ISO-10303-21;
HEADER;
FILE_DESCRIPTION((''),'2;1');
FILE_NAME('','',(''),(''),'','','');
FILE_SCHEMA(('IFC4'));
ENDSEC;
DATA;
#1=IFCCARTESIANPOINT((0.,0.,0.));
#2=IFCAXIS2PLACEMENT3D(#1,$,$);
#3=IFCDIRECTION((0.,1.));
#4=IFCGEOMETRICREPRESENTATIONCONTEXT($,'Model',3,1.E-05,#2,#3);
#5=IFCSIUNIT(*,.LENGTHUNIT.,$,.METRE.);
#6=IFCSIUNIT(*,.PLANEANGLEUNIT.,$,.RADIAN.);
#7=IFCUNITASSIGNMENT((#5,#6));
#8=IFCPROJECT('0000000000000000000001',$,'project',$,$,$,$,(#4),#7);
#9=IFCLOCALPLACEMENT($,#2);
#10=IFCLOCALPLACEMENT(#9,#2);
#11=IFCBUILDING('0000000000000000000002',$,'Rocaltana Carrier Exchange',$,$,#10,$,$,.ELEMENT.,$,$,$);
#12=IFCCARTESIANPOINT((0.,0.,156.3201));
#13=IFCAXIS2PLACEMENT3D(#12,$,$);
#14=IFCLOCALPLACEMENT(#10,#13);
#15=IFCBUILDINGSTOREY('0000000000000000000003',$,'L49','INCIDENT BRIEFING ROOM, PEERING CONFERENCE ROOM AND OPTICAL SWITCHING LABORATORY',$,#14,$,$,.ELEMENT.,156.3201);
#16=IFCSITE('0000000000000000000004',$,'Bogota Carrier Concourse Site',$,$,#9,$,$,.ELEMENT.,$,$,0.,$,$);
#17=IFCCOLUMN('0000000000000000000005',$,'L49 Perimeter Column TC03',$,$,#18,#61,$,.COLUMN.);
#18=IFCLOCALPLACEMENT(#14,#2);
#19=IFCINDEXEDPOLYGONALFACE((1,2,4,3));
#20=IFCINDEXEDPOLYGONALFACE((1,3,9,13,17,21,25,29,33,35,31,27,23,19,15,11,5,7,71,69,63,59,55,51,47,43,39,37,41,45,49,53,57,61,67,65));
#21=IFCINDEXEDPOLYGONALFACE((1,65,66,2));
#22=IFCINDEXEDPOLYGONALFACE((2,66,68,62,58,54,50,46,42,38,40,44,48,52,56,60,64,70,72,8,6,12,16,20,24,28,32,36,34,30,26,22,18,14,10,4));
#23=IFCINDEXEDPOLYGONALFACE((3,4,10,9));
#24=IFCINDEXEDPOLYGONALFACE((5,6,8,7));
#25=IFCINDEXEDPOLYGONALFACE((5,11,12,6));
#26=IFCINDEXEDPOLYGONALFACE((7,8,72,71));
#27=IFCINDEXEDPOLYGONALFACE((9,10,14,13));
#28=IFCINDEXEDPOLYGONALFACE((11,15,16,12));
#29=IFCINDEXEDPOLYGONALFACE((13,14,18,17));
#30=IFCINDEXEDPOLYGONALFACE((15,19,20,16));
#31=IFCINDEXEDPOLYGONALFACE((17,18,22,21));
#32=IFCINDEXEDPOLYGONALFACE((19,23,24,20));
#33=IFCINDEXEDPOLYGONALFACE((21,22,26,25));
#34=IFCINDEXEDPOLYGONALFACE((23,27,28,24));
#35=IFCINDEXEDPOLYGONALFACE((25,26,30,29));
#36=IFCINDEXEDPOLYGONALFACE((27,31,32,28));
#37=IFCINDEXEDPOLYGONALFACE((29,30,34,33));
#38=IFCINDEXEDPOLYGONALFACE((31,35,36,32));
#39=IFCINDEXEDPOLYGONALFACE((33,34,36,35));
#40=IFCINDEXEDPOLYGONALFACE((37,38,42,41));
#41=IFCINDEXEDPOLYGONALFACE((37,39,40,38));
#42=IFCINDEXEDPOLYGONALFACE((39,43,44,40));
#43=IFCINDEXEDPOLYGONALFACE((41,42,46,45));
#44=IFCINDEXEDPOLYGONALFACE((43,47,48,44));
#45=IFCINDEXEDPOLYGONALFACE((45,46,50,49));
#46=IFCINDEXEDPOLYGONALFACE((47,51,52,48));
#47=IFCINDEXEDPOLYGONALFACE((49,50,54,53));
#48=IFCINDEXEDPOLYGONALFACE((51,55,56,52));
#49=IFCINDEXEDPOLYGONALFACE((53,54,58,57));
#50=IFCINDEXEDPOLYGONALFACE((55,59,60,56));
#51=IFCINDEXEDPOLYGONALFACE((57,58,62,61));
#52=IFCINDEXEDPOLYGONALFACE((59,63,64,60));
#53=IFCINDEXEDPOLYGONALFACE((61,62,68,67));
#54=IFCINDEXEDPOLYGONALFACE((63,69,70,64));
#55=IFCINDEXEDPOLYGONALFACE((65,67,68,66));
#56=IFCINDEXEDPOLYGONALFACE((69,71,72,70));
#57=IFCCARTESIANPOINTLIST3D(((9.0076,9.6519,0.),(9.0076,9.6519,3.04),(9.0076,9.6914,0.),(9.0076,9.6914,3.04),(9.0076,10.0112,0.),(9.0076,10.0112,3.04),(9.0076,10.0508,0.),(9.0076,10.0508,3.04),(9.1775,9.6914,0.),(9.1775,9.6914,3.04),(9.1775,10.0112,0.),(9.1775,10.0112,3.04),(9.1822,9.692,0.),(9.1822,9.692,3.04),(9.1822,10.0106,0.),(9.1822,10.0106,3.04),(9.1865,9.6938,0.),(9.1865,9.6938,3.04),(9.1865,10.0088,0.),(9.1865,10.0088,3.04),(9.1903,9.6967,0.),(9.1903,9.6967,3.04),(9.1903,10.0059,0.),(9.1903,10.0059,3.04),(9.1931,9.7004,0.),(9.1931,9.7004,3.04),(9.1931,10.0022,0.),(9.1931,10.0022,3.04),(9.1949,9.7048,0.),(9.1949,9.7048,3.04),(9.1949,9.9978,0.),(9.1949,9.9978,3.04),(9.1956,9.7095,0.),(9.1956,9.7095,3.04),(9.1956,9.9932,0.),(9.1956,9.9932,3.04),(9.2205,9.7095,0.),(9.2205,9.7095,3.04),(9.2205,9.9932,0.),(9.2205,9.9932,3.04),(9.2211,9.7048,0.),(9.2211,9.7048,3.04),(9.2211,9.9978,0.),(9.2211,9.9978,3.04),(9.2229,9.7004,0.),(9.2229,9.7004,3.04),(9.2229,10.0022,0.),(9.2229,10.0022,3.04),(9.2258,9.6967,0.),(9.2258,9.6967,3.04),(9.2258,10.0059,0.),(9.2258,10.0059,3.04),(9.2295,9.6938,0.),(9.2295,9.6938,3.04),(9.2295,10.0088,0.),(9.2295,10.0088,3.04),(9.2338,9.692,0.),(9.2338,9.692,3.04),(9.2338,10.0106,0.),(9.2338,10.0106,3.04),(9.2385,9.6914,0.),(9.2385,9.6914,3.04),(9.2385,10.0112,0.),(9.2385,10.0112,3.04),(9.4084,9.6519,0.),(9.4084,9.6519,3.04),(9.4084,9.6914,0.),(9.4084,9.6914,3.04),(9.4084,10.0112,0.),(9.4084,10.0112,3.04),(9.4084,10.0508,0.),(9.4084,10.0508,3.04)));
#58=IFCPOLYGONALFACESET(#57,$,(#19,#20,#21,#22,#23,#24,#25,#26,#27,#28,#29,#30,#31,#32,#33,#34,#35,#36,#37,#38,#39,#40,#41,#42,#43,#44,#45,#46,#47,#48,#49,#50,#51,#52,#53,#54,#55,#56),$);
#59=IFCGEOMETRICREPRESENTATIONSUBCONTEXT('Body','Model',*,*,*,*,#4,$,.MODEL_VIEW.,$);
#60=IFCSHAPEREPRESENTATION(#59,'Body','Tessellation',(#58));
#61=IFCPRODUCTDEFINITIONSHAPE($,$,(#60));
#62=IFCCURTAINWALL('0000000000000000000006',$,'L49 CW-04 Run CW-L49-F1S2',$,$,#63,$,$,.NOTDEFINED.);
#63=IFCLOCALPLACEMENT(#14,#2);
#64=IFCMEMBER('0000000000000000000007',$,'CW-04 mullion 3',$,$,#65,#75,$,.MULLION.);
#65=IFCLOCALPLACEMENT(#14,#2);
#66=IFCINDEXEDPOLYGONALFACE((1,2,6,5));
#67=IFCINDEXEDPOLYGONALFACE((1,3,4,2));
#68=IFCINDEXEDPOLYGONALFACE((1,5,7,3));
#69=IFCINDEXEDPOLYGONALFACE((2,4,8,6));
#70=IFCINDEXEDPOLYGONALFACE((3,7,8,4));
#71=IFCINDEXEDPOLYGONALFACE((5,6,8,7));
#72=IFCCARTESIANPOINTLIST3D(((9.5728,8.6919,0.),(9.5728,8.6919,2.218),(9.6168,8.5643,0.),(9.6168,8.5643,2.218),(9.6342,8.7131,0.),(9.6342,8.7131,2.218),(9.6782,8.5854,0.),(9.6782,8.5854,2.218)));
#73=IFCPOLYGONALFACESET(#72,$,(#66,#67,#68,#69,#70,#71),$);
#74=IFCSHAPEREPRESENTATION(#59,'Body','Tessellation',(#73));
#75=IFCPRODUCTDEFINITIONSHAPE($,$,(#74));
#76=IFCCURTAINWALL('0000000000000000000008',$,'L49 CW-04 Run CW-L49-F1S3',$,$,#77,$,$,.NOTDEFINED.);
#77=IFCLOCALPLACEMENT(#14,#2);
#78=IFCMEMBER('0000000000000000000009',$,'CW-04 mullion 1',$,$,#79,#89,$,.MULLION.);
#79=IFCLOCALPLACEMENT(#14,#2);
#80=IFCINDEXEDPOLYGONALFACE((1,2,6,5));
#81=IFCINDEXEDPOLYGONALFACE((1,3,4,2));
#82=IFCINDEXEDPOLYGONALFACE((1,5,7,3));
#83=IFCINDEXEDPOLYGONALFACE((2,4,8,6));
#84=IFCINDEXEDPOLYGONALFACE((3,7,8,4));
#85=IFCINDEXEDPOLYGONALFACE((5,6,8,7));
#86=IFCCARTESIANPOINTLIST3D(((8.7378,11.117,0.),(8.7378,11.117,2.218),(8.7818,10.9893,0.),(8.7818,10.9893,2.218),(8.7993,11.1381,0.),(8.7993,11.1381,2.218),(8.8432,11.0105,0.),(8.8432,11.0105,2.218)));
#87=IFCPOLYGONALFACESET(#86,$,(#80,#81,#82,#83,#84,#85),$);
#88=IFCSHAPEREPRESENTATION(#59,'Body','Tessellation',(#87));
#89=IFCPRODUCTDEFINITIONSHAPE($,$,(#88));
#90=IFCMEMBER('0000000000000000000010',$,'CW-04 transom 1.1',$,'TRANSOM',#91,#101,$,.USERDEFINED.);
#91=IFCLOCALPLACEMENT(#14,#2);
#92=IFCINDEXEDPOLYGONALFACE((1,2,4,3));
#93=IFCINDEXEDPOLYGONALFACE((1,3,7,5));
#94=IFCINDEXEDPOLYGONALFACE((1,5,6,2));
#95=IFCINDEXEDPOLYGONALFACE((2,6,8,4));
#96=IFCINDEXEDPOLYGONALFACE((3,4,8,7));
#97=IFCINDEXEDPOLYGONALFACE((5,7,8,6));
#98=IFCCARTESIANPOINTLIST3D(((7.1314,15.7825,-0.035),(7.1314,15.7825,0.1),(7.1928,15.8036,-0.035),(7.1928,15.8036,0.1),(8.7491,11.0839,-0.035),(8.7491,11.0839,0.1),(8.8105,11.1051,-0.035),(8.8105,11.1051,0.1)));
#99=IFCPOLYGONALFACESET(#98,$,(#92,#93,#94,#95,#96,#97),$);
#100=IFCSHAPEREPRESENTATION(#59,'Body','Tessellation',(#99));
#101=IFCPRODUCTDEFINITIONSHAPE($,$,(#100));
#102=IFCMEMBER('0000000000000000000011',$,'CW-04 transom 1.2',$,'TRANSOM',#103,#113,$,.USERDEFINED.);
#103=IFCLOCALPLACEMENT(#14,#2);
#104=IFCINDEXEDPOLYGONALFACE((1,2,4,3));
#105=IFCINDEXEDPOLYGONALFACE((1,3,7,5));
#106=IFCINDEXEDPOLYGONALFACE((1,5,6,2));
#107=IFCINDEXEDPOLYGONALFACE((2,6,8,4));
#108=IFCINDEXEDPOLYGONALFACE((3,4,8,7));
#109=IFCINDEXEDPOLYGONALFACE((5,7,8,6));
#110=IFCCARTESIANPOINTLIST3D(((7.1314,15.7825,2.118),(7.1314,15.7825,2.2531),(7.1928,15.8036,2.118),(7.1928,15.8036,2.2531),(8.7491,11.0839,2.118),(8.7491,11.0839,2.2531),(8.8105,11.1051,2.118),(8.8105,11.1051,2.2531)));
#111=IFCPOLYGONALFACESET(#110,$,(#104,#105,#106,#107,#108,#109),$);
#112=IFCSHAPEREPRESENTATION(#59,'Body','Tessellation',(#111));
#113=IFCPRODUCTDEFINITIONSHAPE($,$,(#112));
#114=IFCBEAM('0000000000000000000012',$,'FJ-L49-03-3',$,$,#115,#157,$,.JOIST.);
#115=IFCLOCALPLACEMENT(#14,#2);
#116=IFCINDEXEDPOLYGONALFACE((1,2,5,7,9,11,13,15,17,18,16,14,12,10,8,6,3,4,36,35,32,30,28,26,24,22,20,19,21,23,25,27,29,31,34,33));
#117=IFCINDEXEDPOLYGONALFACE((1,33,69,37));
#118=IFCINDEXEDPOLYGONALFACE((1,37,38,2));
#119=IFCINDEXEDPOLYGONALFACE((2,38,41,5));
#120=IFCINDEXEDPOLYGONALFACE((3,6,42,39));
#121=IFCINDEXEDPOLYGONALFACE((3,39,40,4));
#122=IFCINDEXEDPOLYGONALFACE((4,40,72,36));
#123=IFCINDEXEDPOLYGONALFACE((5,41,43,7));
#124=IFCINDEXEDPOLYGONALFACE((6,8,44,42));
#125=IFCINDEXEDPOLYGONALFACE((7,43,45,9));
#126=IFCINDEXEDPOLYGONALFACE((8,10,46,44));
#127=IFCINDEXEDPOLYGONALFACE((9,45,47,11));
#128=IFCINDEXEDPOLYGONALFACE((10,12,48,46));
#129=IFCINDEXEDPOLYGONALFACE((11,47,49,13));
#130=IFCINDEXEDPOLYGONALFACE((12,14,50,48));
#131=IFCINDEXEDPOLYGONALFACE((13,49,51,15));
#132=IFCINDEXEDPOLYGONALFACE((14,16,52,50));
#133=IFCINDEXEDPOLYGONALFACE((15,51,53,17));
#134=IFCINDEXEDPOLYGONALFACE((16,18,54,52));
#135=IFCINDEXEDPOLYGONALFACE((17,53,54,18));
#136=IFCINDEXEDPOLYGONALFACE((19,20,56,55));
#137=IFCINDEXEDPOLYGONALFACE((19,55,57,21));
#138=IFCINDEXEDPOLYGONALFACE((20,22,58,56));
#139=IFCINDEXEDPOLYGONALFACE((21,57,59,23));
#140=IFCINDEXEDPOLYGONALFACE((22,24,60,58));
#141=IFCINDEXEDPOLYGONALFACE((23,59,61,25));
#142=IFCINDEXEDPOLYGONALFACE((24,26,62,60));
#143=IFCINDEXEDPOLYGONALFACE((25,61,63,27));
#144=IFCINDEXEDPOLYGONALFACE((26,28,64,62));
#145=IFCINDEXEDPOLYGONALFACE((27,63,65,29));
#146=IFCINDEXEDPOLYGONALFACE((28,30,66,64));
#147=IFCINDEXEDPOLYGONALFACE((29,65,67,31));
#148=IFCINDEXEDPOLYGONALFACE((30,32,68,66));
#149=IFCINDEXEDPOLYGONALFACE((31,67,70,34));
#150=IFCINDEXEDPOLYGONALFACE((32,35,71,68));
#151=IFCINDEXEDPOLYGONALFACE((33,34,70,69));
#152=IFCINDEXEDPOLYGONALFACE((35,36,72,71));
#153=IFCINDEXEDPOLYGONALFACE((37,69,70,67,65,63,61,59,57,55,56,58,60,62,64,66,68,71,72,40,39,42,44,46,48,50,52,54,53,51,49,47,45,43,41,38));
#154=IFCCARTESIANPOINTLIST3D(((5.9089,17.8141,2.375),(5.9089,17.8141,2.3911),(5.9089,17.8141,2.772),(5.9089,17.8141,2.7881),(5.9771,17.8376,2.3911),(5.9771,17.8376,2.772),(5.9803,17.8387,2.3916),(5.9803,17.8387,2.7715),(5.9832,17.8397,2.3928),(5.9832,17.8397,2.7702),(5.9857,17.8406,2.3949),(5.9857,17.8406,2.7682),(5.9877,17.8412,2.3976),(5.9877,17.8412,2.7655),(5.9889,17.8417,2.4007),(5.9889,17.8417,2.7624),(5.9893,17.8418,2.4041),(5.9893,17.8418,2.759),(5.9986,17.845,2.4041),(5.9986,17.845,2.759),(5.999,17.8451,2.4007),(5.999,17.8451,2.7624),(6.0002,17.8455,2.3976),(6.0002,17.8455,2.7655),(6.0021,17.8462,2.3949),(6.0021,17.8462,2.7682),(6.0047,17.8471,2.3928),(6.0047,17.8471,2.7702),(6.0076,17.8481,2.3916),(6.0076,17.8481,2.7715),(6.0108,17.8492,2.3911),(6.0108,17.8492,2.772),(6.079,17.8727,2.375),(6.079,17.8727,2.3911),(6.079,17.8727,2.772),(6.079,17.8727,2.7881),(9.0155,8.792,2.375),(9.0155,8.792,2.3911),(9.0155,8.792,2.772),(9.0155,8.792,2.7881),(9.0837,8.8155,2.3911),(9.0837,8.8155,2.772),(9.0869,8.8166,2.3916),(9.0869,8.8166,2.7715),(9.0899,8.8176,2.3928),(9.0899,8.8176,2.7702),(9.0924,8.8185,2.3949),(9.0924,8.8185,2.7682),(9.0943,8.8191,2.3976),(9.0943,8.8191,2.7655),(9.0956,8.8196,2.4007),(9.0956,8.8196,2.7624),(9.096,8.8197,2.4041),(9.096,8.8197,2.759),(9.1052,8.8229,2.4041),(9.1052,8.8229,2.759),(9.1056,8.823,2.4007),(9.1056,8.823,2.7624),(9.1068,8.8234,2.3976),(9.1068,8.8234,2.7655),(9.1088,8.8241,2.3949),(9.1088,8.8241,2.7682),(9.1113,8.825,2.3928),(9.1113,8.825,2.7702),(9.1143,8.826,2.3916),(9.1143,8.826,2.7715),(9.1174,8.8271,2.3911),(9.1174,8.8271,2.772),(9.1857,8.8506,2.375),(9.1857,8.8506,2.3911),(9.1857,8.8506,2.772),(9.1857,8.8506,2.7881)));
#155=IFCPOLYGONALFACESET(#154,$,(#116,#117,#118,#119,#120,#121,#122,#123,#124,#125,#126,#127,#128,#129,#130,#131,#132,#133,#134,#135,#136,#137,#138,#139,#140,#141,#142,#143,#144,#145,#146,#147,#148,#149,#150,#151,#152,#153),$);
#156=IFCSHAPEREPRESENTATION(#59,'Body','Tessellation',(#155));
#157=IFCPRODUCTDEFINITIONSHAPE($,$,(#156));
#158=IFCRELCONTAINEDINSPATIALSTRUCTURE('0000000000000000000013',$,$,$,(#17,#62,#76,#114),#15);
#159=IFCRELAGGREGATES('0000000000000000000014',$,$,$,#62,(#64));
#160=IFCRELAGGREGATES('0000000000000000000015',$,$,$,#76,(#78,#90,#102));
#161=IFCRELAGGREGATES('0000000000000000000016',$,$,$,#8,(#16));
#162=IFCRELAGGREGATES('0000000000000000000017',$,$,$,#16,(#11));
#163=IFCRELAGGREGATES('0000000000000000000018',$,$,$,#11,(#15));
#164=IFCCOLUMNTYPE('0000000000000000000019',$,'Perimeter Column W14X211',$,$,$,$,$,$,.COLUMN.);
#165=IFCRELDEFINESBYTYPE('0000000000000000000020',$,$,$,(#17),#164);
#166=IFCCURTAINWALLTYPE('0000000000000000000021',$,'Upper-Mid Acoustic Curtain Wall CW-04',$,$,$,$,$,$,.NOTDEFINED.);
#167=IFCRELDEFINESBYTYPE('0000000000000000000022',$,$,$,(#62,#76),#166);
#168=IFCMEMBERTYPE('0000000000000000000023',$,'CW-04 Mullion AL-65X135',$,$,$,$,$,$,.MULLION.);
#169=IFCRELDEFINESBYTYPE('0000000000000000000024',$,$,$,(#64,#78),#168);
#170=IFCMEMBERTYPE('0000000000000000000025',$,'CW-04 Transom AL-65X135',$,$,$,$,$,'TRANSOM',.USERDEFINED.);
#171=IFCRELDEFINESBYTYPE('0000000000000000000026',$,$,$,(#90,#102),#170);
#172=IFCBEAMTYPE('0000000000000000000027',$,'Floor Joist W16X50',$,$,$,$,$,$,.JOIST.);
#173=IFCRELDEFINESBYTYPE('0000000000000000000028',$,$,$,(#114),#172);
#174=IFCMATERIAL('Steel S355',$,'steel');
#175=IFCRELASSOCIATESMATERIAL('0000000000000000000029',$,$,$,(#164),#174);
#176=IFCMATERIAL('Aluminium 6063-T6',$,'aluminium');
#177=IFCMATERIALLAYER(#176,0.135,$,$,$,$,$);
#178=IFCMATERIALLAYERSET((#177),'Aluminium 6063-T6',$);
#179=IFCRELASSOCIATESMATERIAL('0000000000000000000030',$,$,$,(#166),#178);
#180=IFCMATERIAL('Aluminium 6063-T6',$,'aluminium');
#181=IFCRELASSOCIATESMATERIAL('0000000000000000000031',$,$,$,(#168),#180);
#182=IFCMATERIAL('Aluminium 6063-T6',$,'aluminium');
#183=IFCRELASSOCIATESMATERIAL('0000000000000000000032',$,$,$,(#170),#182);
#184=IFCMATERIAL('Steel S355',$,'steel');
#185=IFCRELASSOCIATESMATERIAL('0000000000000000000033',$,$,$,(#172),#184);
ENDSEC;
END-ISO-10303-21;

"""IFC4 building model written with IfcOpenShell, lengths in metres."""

from ifc_helpers import new_model, si_unit, direction, frame, origin, origin_2d, place, context, subcontext, project, spatial, rectangle, i_section, extrude, material, layer, layer_set, material_profile, profile_set, type_object, element, aggregate, save


model = new_model("IFC4")

# Units and contexts
model_context = context("Model", 3, precision=1e-05, world=origin(), true_north=direction((0.0, 1.0)))
body_context = subcontext(model_context, "Body", "Model", "MODEL_VIEW")
ifc_project = project(units=[si_unit("LENGTHUNIT", "METRE"), si_unit("PLANEANGLEUNIT", "RADIAN")], contexts=[model_context])

# Site, building, storey
site_placement = place(None, origin())
site = spatial("IfcSite", under=ifc_project, at=site_placement, Name="Bogota Carrier Concourse Site", CompositionType="ELEMENT", RefElevation=0.0)
building_placement = place(site_placement, origin())
building = spatial("IfcBuilding", under=site, at=building_placement, Name="Rocaltana Carrier Exchange", CompositionType="ELEMENT")
storey_placement = place(building_placement, frame((0.0, 0.0, 156.3201)))
storey = spatial("IfcBuildingStorey", under=building, at=storey_placement, Name="L49", Description="INCIDENT BRIEFING ROOM, PEERING CONFERENCE ROOM AND OPTICAL SWITCHING LABORATORY", CompositionType="ELEMENT", Elevation=156.3201)

# Column
ifc_material_1 = material(Name="Steel S355", Category="steel")
ifc_material_profile_1 = material_profile(ifc_material_1, i_section(OverallWidth=0.4009, OverallDepth=0.3989, WebThickness=0.0249, FlangeThickness=0.0396, FilletRadius=0.0181, at=origin_2d()), Name="W14X211")
ifc_profile_set_1 = profile_set([ifc_material_profile_1], Name="Steel S355")
column_type = type_object("IfcColumnType", Name="Perimeter Column W14X211", PredefinedType="COLUMN", material=ifc_profile_set_1)
column_placement = place(storey_placement, frame((9.208, 9.8513, 0.0), z_axis=(0.0, 0.0, 1.0), x_axis=(1.0, 0.0, 0.0)))
element("IfcColumn", 1, at=column_placement, inside=storey, type_object=column_type, Name="L49 Perimeter Column TC03", PredefinedType="COLUMN", context=body_context, shape_type="SweptSolid", body=[
    extrude(i_section(OverallWidth=0.4009, OverallDepth=0.3989, WebThickness=0.0249, FlangeThickness=0.0396, FilletRadius=0.0181, at=origin_2d()), origin(), (0.0, 0.0, 1.0), 3.04),
])

# Curtain wall, member
ifc_material_2 = material(Name="Aluminium 6063-T6", Category="aluminium")
ifc_layer_1 = layer(ifc_material_2, 0.135)
ifc_layer_set_1 = layer_set([ifc_layer_1], Name="Aluminium 6063-T6")
curtain_wall_type = type_object("IfcCurtainWallType", Name="Upper-Mid Acoustic Curtain Wall CW-04", PredefinedType="NOTDEFINED", material=ifc_layer_set_1)
curtain_wall_1_placement = place(storey_placement, origin())
curtain_wall_1 = element("IfcCurtainWall", 2, at=curtain_wall_1_placement, inside=storey, type_object=curtain_wall_type, Name="L49 CW-04 Run CW-L49-F1S2", PredefinedType="NOTDEFINED")
ifc_material_3 = material(Name="Aluminium 6063-T6", Category="aluminium")
ifc_material_profile_2 = material_profile(ifc_material_3, rectangle(XDim=0.0649, YDim=0.135, at=origin_2d()), Name="AL-65X135")
ifc_profile_set_2 = profile_set([ifc_material_profile_2], Name="Aluminium 6063-T6")
member_type_1 = type_object("IfcMemberType", Name="CW-04 Mullion AL-65X135", PredefinedType="MULLION", material=ifc_profile_set_2)
member_1_placement = place(storey_placement, frame((9.6255, 8.6387, 0.0), z_axis=(0.0, 0.0, 1.0), x_axis=(-0.945521, -0.325562, 0.0)))
member_1 = element("IfcMember", 3, at=member_1_placement, type_object=member_type_1, Name="CW-04 mullion 3", PredefinedType="MULLION", context=body_context, shape_type="SweptSolid", body=[
    extrude(rectangle(XDim=0.0649, YDim=0.135, at=origin_2d()), origin(), (0.0, 0.0, 1.0), 2.218),
])

# Curtain wall, members
curtain_wall_2_placement = place(storey_placement, origin())
curtain_wall_2 = element("IfcCurtainWall", 4, at=curtain_wall_2_placement, inside=storey, type_object=curtain_wall_type, Name="L49 CW-04 Run CW-L49-F1S3", PredefinedType="NOTDEFINED")
member_2_placement = place(storey_placement, frame((8.7905, 11.0637, 0.0), z_axis=(0.0, 0.0, 1.0), x_axis=(-0.945522, -0.325559, 0.0)))
member_2 = element("IfcMember", 5, at=member_2_placement, type_object=member_type_1, Name="CW-04 mullion 1", PredefinedType="MULLION", context=body_context, shape_type="SweptSolid", body=[
    extrude(rectangle(XDim=0.0649, YDim=0.135, at=origin_2d()), origin(), (0.0, 0.0, 1.0), 2.218),
])
ifc_material_4 = material(Name="Aluminium 6063-T6", Category="aluminium")
ifc_material_profile_3 = material_profile(ifc_material_4, rectangle(XDim=0.0649, YDim=0.135, at=origin_2d()), Name="AL-65X135")
ifc_profile_set_3 = profile_set([ifc_material_profile_3], Name="Aluminium 6063-T6")
member_type_2 = type_object("IfcMemberType", Name="CW-04 Transom AL-65X135", ElementType="TRANSOM", PredefinedType="USERDEFINED", material=ifc_profile_set_3)
member_3_placement = place(storey_placement, frame((8.7798, 11.0945, 0.0325), z_axis=(-0.325542, 0.945527, 0.0), x_axis=(-0.945527, -0.325542, 0.0)))
member_3 = element("IfcMember", 6, at=member_3_placement, type_object=member_type_2, Name="CW-04 transom 1.1", ObjectType="TRANSOM", PredefinedType="USERDEFINED", context=body_context, shape_type="SweptSolid", body=[
    extrude(rectangle(XDim=0.0649, YDim=0.135, at=origin_2d()), origin(), (0.0, 0.0, 1.0), 4.9692),
])
member_4_placement = place(storey_placement, frame((8.7798, 11.0945, 2.1855), z_axis=(-0.325542, 0.945527, 0.0), x_axis=(-0.945527, -0.325542, 0.0)))
member_4 = element("IfcMember", 7, at=member_4_placement, type_object=member_type_2, Name="CW-04 transom 1.2", ObjectType="TRANSOM", PredefinedType="USERDEFINED", context=body_context, shape_type="SweptSolid", body=[
    extrude(rectangle(XDim=0.0649, YDim=0.135, at=origin_2d()), origin(), (0.0, 0.0, 1.0), 4.9692),
])

# Beam
ifc_material_5 = material(Name="Steel S355", Category="steel")
ifc_material_profile_4 = material_profile(ifc_material_5, i_section(OverallWidth=0.1799, OverallDepth=0.4131, WebThickness=0.0098, FlangeThickness=0.0161, FilletRadius=0.0129, at=origin_2d()), Name="W16X50")
ifc_profile_set_4 = profile_set([ifc_material_profile_4], Name="Steel S355")
beam_type_1 = type_object("IfcBeamType", Name="Floor Joist W16X50", PredefinedType="JOIST", material=ifc_profile_set_4)
beam_1_placement = place(storey_placement, frame((9.1006, 8.8213, 2.5815), z_axis=(-0.325577, 0.945516, 0.0), x_axis=(-0.945516, -0.325577, 0.0)))
element("IfcBeam", 8, at=beam_1_placement, inside=storey, type_object=beam_type_1, Name="FJ-L49-03-3", PredefinedType="JOIST", context=body_context, shape_type="SweptSolid", body=[
    extrude(i_section(OverallWidth=0.1799, OverallDepth=0.4131, WebThickness=0.0098, FlangeThickness=0.0161, FilletRadius=0.0129, at=origin_2d()), origin(), (0.0, 0.0, 1.0), 9.542),
])

aggregate(curtain_wall_1, [member_1])
aggregate(curtain_wall_2, [member_2, member_3, member_4])

save(model, "model.ifc")
